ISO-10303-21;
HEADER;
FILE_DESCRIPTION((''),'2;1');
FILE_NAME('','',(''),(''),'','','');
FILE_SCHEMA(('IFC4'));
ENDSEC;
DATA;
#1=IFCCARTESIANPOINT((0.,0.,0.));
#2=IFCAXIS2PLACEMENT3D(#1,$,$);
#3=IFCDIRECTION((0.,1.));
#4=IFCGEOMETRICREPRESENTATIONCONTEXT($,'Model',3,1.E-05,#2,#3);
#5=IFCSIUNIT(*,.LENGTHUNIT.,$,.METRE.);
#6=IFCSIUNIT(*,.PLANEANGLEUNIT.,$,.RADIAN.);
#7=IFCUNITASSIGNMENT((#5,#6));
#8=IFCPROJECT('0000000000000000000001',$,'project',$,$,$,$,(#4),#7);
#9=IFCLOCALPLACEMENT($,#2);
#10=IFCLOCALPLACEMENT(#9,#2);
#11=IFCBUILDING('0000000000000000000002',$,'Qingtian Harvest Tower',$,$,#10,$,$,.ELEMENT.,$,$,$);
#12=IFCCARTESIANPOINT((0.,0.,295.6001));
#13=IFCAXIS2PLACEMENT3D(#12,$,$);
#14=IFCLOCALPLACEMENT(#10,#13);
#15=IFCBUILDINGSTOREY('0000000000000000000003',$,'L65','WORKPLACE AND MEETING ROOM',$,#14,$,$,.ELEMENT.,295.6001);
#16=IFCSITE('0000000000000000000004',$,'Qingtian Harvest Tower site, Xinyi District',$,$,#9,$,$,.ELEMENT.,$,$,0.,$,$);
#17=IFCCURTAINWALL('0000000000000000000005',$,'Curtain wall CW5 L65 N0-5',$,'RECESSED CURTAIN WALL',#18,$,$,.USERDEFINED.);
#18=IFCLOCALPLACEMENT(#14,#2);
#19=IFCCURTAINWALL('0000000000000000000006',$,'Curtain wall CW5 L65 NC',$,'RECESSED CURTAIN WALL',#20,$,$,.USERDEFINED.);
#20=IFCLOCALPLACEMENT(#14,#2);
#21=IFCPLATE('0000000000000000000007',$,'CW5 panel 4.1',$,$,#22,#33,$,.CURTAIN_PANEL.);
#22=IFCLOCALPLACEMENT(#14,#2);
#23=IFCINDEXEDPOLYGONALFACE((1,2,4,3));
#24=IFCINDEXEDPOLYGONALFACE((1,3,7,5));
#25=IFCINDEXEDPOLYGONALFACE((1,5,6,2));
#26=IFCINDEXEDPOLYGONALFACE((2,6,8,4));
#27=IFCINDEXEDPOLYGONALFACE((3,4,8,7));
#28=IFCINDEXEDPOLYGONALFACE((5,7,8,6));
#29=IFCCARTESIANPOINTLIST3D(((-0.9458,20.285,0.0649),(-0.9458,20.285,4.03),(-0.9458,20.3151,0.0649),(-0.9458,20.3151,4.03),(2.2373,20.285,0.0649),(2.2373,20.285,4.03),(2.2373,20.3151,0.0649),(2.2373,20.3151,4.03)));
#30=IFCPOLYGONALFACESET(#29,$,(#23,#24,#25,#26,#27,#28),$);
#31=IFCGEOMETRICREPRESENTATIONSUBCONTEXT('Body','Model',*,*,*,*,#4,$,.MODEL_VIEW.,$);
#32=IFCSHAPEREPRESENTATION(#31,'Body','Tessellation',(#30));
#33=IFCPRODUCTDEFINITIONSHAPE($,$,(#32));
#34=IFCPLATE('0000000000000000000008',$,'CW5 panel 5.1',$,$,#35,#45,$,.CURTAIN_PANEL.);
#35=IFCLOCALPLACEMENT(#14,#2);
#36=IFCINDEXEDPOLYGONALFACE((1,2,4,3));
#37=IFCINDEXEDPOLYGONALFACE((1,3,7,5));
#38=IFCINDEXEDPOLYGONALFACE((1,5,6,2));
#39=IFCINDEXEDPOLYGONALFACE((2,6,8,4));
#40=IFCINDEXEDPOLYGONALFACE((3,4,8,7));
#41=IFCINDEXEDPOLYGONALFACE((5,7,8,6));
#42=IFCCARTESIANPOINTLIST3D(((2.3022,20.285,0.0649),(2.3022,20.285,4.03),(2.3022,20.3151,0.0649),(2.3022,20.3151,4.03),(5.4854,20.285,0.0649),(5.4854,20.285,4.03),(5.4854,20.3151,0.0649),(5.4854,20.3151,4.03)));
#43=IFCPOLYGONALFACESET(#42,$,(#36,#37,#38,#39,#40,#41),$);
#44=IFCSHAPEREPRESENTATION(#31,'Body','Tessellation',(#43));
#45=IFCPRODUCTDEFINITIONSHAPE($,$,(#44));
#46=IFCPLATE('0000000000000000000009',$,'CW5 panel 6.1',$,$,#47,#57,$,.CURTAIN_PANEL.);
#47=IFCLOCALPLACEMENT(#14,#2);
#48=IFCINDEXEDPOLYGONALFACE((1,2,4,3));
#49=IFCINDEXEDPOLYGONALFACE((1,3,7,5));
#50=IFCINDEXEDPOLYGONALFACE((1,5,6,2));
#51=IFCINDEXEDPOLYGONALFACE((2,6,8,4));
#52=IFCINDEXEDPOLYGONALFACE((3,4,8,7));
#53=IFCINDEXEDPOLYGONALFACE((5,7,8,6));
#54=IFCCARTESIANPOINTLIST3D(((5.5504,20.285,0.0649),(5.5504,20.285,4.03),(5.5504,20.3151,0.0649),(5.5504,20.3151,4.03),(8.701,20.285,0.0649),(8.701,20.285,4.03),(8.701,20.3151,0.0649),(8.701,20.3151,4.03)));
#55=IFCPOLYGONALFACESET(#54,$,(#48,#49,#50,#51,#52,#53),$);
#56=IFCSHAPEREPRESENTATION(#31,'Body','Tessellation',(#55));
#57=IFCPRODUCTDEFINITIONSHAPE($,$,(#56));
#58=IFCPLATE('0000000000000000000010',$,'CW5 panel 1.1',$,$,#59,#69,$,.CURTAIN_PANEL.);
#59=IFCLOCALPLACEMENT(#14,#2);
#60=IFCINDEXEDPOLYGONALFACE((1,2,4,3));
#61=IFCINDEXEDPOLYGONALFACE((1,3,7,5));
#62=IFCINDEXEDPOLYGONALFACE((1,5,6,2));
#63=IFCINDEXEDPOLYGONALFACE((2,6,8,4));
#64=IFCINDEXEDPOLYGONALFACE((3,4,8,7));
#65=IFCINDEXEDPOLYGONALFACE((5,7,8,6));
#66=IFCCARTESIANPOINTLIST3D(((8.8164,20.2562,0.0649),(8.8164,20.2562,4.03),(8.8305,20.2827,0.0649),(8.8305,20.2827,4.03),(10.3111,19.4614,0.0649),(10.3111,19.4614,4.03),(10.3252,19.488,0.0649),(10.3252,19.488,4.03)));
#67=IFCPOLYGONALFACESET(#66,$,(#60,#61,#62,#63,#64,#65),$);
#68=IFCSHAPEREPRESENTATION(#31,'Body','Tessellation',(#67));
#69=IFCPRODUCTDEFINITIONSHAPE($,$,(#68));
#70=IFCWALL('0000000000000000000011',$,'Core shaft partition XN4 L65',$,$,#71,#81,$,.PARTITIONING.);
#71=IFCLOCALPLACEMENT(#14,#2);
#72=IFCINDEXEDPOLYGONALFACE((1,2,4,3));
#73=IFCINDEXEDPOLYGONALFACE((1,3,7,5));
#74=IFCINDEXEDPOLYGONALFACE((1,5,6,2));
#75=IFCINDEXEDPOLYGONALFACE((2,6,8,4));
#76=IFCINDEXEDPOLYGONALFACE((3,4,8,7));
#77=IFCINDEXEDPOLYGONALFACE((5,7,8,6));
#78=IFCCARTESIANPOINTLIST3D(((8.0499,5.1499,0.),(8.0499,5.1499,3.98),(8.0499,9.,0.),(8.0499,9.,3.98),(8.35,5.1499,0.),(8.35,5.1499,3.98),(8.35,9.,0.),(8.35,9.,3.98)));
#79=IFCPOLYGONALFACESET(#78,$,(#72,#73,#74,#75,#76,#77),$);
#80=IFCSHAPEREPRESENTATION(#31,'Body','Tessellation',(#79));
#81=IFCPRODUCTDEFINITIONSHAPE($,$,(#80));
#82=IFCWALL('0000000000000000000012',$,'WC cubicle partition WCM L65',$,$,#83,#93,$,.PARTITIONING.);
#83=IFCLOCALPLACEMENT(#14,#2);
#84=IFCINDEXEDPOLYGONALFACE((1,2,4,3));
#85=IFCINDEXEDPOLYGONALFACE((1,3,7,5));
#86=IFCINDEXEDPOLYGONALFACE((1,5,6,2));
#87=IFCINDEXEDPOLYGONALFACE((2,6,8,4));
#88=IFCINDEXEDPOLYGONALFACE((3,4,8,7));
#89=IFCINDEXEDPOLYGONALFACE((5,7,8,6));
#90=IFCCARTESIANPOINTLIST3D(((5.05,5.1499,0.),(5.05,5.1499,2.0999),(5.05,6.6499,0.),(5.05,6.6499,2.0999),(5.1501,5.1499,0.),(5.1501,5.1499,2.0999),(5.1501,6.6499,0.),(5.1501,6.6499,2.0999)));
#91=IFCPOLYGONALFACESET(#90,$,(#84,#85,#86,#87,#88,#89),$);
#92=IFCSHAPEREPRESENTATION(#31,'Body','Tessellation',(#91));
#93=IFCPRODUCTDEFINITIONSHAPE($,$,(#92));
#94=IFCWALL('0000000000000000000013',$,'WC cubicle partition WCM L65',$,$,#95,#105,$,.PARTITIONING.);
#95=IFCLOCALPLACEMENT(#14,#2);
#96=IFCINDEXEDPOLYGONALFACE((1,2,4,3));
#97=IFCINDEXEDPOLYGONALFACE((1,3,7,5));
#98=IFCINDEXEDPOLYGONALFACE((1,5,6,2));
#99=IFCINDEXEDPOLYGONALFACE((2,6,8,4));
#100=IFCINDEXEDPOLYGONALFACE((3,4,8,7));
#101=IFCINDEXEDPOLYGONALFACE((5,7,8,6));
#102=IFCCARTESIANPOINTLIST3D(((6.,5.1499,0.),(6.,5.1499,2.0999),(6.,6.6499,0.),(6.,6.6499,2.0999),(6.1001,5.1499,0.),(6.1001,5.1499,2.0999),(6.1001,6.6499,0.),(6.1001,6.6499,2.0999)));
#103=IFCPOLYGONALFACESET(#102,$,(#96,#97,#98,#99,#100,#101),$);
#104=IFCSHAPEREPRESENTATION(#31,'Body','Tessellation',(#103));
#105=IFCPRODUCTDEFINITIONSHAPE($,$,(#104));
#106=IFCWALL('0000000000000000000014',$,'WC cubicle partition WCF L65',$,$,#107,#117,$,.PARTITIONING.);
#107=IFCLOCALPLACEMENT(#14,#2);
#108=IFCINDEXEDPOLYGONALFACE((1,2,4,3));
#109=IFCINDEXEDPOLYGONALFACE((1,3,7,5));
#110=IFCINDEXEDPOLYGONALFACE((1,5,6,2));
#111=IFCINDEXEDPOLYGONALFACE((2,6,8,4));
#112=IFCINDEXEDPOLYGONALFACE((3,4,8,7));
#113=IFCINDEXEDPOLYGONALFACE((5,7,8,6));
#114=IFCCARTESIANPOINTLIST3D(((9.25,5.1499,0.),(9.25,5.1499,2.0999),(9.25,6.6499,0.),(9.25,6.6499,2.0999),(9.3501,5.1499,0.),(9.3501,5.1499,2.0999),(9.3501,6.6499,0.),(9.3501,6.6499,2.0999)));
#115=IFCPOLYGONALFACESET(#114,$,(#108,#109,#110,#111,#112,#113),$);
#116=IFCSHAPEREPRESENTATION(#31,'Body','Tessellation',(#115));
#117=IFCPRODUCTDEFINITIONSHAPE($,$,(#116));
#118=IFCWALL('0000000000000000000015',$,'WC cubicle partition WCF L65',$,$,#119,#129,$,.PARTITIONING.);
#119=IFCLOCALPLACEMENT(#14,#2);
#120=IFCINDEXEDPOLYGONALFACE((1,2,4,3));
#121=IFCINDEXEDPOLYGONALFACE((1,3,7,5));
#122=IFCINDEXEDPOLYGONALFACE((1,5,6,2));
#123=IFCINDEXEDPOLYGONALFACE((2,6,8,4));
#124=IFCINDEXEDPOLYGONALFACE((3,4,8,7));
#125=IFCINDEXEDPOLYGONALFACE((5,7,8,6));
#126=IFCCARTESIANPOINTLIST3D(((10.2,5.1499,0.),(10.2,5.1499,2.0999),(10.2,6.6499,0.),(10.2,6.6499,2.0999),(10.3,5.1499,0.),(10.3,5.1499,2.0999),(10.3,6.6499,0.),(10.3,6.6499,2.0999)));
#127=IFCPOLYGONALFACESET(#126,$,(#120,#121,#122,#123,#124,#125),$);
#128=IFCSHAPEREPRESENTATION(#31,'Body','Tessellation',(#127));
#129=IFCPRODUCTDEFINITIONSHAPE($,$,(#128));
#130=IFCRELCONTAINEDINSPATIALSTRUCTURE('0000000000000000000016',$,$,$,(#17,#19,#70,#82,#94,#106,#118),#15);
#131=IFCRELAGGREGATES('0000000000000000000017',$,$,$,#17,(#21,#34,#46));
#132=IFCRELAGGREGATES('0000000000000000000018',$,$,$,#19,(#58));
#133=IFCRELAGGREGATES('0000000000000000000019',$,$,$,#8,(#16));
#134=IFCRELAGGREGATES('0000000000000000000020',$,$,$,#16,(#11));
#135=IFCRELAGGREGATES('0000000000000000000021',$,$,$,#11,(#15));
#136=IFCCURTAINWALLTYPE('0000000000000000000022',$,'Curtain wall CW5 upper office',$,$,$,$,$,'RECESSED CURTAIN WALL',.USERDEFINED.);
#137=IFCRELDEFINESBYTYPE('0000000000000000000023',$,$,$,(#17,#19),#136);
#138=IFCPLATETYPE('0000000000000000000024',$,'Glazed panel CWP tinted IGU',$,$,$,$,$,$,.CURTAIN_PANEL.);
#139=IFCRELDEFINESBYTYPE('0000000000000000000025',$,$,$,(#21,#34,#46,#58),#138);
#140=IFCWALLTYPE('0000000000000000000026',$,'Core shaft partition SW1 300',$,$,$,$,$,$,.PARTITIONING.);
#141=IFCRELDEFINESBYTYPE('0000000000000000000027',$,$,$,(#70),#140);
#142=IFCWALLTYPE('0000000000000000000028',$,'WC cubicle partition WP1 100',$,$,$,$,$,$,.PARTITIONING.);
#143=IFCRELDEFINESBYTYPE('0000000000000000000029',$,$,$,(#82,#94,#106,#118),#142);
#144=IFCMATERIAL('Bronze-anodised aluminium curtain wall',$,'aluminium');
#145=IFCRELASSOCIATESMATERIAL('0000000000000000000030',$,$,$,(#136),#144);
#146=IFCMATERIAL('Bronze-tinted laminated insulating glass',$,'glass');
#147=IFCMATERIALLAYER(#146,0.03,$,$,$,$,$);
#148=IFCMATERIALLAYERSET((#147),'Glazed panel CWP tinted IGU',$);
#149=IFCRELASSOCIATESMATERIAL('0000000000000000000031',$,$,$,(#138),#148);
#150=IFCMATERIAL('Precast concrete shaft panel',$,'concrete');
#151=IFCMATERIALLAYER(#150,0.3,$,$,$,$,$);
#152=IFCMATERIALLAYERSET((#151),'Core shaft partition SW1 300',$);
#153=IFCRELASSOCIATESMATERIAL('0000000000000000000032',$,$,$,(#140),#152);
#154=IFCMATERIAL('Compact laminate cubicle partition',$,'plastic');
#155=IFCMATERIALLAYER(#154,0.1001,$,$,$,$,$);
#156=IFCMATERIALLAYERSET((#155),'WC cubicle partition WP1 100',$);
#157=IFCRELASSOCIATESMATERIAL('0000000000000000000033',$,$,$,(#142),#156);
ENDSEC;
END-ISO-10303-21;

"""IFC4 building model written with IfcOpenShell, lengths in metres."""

from ifc_helpers import new_model, si_unit, direction, frame, frame_2d, origin, origin_2d, place, context, subcontext, project, spatial, rectangle, extrude, material, layer, layer_set, type_object, element, aggregate, save


model = new_model("IFC4")

# Units and contexts
model_context = context("Model", 3, precision=1e-05, world=origin(), true_north=direction((0.0, 1.0)))
body_context = subcontext(model_context, "Body", "Model", "MODEL_VIEW")
ifc_project = project(units=[si_unit("LENGTHUNIT", "METRE"), si_unit("PLANEANGLEUNIT", "RADIAN")], contexts=[model_context])

# Site, building, storey
site_placement = place(None, origin())
site = spatial("IfcSite", under=ifc_project, at=site_placement, Name="Qingtian Harvest Tower site, Xinyi District", CompositionType="ELEMENT", RefElevation=0.0)
building_placement = place(site_placement, origin())
building = spatial("IfcBuilding", under=site, at=building_placement, Name="Qingtian Harvest Tower", CompositionType="ELEMENT")
storey_placement = place(building_placement, frame((0.0, 0.0, 295.6001)))
storey = spatial("IfcBuildingStorey", under=building, at=storey_placement, Name="L65", Description="WORKPLACE AND MEETING ROOM", CompositionType="ELEMENT", Elevation=295.6001)

# Curtain walls
ifc_material_1 = material(Name="Bronze-anodised aluminium curtain wall", Category="aluminium")
curtain_wall_type = type_object("IfcCurtainWallType", Name="Curtain wall CW5 upper office", ElementType="RECESSED CURTAIN WALL", PredefinedType="USERDEFINED", material=ifc_material_1)
curtain_wall_1_placement = place(storey_placement, origin())
curtain_wall_1 = element("IfcCurtainWall", 1, at=curtain_wall_1_placement, inside=storey, type_object=curtain_wall_type, Name="Curtain wall CW5 L65 N0-5", ObjectType="RECESSED CURTAIN WALL", PredefinedType="USERDEFINED")
curtain_wall_2_placement = place(storey_placement, origin())
curtain_wall_2 = element("IfcCurtainWall", 2, at=curtain_wall_2_placement, inside=storey, type_object=curtain_wall_type, Name="Curtain wall CW5 L65 NC", ObjectType="RECESSED CURTAIN WALL", PredefinedType="USERDEFINED")

# Plates
ifc_material_2 = material(Name="Bronze-tinted laminated insulating glass", Category="glass")
ifc_layer_1 = layer(ifc_material_2, 0.03)
ifc_layer_set_1 = layer_set([ifc_layer_1], Name="Glazed panel CWP tinted IGU")
plate_type = type_object("IfcPlateType", Name="Glazed panel CWP tinted IGU", PredefinedType="CURTAIN_PANEL", material=ifc_layer_set_1)
plate_1_placement = place(storey_placement, frame((0.6458, 20.3, 0.0649), z_axis=(0.0, 0.0, 1.0), x_axis=(1.0, 0.0, 0.0)))
plate_1 = element("IfcPlate", 3, at=plate_1_placement, type_object=plate_type, Name="CW5 panel 4.1", PredefinedType="CURTAIN_PANEL", context=body_context, shape_type="SweptSolid", body=[
    extrude(rectangle(XDim=3.1831, YDim=0.03, at=origin_2d()), origin(), (0.0, 0.0, 1.0), 3.9651),
])
plate_2_placement = place(storey_placement, frame((3.8938, 20.3, 0.0649), z_axis=(0.0, 0.0, 1.0), x_axis=(1.0, 0.0, 0.0)))
plate_2 = element("IfcPlate", 4, at=plate_2_placement, type_object=plate_type, Name="CW5 panel 5.1", PredefinedType="CURTAIN_PANEL", context=body_context, shape_type="SweptSolid", body=[
    extrude(rectangle(XDim=3.1831, YDim=0.03, at=origin_2d()), origin(), (0.0, 0.0, 1.0), 3.9651),
])
plate_3_placement = place(storey_placement, frame((7.1257, 20.3, 0.0649), z_axis=(0.0, 0.0, 1.0), x_axis=(1.0, 0.0, 0.0)))
plate_3 = element("IfcPlate", 5, at=plate_3_placement, type_object=plate_type, Name="CW5 panel 6.1", PredefinedType="CURTAIN_PANEL", context=body_context, shape_type="SweptSolid", body=[
    extrude(rectangle(XDim=3.1506, YDim=0.03, at=origin_2d()), origin(), (0.0, 0.0, 1.0), 3.9651),
])
aggregate(curtain_wall_1, [plate_1, plate_2, plate_3])
plate_4_placement = place(storey_placement, frame((9.5708, 19.8721, 0.0649), z_axis=(0.0, 0.0, 1.0), x_axis=(0.882948, -0.469472, 0.0)))
plate_4 = element("IfcPlate", 6, at=plate_4_placement, type_object=plate_type, Name="CW5 panel 1.1", PredefinedType="CURTAIN_PANEL", context=body_context, shape_type="SweptSolid", body=[
    extrude(rectangle(XDim=1.6929, YDim=0.03, at=origin_2d()), origin(), (0.0, 0.0, 1.0), 3.9651),
])
aggregate(curtain_wall_2, [plate_4])

# Walls
ifc_material_3 = material(Name="Precast concrete shaft panel", Category="concrete")
ifc_layer_2 = layer(ifc_material_3, 0.3)
ifc_layer_set_2 = layer_set([ifc_layer_2], Name="Core shaft partition SW1 300")
wall_type_1 = type_object("IfcWallType", Name="Core shaft partition SW1 300", PredefinedType="PARTITIONING", material=ifc_layer_set_2)
wall_placement = place(storey_placement, frame((8.2, 5.1499, 0.0), z_axis=(0.0, 0.0, 1.0), x_axis=(0.0, 1.0, 0.0)))
element("IfcWall", 7, at=wall_placement, inside=storey, type_object=wall_type_1, Name="Core shaft partition XN4 L65", PredefinedType="PARTITIONING", context=body_context, shape_type="SweptSolid", body=[
    extrude(rectangle(XDim=3.8501, YDim=0.3, at=frame_2d((1.925, 0.0))), origin(), (0.0, 0.0, 1.0), 3.98),
])
ifc_material_4 = material(Name="Compact laminate cubicle partition", Category="plastic")
ifc_layer_3 = layer(ifc_material_4, 0.1001)
ifc_layer_set_3 = layer_set([ifc_layer_3], Name="WC cubicle partition WP1 100")
wall_type_2 = type_object("IfcWallType", Name="WC cubicle partition WP1 100", PredefinedType="PARTITIONING", material=ifc_layer_set_3)
for number, where, z_axis, x_axis, name in (
    (8, (5.1001, 5.1499, 0.0), (0.0, 0.0, 1.0), (0.0, 1.0, 0.0), "WC cubicle partition WCM L65"),
    (9, (6.05, 5.1499, 0.0), (0.0, 0.0, 1.0), (0.0, 1.0, 0.0), "WC cubicle partition WCM L65"),
    (10, (9.3, 5.1499, 0.0), (0.0, 0.0, 1.0), (0.0, 1.0, 0.0), "WC cubicle partition WCF L65"),
    (11, (10.25, 5.1499, 0.0), (0.0, 0.0, 1.0), (0.0, 1.0, 0.0), "WC cubicle partition WCF L65"),
):
    element("IfcWall", number, at=place(storey_placement, frame(where, z_axis=z_axis, x_axis=x_axis)), inside=storey, type_object=wall_type_2, Name=name, PredefinedType="PARTITIONING", context=body_context, shape_type="SweptSolid", body=[
        extrude(rectangle(XDim=1.5, YDim=0.1001, at=frame_2d((0.75, 0.0))), origin(), (0.0, 0.0, 1.0), 2.0999),
    ])

save(model, "model.ifc")
